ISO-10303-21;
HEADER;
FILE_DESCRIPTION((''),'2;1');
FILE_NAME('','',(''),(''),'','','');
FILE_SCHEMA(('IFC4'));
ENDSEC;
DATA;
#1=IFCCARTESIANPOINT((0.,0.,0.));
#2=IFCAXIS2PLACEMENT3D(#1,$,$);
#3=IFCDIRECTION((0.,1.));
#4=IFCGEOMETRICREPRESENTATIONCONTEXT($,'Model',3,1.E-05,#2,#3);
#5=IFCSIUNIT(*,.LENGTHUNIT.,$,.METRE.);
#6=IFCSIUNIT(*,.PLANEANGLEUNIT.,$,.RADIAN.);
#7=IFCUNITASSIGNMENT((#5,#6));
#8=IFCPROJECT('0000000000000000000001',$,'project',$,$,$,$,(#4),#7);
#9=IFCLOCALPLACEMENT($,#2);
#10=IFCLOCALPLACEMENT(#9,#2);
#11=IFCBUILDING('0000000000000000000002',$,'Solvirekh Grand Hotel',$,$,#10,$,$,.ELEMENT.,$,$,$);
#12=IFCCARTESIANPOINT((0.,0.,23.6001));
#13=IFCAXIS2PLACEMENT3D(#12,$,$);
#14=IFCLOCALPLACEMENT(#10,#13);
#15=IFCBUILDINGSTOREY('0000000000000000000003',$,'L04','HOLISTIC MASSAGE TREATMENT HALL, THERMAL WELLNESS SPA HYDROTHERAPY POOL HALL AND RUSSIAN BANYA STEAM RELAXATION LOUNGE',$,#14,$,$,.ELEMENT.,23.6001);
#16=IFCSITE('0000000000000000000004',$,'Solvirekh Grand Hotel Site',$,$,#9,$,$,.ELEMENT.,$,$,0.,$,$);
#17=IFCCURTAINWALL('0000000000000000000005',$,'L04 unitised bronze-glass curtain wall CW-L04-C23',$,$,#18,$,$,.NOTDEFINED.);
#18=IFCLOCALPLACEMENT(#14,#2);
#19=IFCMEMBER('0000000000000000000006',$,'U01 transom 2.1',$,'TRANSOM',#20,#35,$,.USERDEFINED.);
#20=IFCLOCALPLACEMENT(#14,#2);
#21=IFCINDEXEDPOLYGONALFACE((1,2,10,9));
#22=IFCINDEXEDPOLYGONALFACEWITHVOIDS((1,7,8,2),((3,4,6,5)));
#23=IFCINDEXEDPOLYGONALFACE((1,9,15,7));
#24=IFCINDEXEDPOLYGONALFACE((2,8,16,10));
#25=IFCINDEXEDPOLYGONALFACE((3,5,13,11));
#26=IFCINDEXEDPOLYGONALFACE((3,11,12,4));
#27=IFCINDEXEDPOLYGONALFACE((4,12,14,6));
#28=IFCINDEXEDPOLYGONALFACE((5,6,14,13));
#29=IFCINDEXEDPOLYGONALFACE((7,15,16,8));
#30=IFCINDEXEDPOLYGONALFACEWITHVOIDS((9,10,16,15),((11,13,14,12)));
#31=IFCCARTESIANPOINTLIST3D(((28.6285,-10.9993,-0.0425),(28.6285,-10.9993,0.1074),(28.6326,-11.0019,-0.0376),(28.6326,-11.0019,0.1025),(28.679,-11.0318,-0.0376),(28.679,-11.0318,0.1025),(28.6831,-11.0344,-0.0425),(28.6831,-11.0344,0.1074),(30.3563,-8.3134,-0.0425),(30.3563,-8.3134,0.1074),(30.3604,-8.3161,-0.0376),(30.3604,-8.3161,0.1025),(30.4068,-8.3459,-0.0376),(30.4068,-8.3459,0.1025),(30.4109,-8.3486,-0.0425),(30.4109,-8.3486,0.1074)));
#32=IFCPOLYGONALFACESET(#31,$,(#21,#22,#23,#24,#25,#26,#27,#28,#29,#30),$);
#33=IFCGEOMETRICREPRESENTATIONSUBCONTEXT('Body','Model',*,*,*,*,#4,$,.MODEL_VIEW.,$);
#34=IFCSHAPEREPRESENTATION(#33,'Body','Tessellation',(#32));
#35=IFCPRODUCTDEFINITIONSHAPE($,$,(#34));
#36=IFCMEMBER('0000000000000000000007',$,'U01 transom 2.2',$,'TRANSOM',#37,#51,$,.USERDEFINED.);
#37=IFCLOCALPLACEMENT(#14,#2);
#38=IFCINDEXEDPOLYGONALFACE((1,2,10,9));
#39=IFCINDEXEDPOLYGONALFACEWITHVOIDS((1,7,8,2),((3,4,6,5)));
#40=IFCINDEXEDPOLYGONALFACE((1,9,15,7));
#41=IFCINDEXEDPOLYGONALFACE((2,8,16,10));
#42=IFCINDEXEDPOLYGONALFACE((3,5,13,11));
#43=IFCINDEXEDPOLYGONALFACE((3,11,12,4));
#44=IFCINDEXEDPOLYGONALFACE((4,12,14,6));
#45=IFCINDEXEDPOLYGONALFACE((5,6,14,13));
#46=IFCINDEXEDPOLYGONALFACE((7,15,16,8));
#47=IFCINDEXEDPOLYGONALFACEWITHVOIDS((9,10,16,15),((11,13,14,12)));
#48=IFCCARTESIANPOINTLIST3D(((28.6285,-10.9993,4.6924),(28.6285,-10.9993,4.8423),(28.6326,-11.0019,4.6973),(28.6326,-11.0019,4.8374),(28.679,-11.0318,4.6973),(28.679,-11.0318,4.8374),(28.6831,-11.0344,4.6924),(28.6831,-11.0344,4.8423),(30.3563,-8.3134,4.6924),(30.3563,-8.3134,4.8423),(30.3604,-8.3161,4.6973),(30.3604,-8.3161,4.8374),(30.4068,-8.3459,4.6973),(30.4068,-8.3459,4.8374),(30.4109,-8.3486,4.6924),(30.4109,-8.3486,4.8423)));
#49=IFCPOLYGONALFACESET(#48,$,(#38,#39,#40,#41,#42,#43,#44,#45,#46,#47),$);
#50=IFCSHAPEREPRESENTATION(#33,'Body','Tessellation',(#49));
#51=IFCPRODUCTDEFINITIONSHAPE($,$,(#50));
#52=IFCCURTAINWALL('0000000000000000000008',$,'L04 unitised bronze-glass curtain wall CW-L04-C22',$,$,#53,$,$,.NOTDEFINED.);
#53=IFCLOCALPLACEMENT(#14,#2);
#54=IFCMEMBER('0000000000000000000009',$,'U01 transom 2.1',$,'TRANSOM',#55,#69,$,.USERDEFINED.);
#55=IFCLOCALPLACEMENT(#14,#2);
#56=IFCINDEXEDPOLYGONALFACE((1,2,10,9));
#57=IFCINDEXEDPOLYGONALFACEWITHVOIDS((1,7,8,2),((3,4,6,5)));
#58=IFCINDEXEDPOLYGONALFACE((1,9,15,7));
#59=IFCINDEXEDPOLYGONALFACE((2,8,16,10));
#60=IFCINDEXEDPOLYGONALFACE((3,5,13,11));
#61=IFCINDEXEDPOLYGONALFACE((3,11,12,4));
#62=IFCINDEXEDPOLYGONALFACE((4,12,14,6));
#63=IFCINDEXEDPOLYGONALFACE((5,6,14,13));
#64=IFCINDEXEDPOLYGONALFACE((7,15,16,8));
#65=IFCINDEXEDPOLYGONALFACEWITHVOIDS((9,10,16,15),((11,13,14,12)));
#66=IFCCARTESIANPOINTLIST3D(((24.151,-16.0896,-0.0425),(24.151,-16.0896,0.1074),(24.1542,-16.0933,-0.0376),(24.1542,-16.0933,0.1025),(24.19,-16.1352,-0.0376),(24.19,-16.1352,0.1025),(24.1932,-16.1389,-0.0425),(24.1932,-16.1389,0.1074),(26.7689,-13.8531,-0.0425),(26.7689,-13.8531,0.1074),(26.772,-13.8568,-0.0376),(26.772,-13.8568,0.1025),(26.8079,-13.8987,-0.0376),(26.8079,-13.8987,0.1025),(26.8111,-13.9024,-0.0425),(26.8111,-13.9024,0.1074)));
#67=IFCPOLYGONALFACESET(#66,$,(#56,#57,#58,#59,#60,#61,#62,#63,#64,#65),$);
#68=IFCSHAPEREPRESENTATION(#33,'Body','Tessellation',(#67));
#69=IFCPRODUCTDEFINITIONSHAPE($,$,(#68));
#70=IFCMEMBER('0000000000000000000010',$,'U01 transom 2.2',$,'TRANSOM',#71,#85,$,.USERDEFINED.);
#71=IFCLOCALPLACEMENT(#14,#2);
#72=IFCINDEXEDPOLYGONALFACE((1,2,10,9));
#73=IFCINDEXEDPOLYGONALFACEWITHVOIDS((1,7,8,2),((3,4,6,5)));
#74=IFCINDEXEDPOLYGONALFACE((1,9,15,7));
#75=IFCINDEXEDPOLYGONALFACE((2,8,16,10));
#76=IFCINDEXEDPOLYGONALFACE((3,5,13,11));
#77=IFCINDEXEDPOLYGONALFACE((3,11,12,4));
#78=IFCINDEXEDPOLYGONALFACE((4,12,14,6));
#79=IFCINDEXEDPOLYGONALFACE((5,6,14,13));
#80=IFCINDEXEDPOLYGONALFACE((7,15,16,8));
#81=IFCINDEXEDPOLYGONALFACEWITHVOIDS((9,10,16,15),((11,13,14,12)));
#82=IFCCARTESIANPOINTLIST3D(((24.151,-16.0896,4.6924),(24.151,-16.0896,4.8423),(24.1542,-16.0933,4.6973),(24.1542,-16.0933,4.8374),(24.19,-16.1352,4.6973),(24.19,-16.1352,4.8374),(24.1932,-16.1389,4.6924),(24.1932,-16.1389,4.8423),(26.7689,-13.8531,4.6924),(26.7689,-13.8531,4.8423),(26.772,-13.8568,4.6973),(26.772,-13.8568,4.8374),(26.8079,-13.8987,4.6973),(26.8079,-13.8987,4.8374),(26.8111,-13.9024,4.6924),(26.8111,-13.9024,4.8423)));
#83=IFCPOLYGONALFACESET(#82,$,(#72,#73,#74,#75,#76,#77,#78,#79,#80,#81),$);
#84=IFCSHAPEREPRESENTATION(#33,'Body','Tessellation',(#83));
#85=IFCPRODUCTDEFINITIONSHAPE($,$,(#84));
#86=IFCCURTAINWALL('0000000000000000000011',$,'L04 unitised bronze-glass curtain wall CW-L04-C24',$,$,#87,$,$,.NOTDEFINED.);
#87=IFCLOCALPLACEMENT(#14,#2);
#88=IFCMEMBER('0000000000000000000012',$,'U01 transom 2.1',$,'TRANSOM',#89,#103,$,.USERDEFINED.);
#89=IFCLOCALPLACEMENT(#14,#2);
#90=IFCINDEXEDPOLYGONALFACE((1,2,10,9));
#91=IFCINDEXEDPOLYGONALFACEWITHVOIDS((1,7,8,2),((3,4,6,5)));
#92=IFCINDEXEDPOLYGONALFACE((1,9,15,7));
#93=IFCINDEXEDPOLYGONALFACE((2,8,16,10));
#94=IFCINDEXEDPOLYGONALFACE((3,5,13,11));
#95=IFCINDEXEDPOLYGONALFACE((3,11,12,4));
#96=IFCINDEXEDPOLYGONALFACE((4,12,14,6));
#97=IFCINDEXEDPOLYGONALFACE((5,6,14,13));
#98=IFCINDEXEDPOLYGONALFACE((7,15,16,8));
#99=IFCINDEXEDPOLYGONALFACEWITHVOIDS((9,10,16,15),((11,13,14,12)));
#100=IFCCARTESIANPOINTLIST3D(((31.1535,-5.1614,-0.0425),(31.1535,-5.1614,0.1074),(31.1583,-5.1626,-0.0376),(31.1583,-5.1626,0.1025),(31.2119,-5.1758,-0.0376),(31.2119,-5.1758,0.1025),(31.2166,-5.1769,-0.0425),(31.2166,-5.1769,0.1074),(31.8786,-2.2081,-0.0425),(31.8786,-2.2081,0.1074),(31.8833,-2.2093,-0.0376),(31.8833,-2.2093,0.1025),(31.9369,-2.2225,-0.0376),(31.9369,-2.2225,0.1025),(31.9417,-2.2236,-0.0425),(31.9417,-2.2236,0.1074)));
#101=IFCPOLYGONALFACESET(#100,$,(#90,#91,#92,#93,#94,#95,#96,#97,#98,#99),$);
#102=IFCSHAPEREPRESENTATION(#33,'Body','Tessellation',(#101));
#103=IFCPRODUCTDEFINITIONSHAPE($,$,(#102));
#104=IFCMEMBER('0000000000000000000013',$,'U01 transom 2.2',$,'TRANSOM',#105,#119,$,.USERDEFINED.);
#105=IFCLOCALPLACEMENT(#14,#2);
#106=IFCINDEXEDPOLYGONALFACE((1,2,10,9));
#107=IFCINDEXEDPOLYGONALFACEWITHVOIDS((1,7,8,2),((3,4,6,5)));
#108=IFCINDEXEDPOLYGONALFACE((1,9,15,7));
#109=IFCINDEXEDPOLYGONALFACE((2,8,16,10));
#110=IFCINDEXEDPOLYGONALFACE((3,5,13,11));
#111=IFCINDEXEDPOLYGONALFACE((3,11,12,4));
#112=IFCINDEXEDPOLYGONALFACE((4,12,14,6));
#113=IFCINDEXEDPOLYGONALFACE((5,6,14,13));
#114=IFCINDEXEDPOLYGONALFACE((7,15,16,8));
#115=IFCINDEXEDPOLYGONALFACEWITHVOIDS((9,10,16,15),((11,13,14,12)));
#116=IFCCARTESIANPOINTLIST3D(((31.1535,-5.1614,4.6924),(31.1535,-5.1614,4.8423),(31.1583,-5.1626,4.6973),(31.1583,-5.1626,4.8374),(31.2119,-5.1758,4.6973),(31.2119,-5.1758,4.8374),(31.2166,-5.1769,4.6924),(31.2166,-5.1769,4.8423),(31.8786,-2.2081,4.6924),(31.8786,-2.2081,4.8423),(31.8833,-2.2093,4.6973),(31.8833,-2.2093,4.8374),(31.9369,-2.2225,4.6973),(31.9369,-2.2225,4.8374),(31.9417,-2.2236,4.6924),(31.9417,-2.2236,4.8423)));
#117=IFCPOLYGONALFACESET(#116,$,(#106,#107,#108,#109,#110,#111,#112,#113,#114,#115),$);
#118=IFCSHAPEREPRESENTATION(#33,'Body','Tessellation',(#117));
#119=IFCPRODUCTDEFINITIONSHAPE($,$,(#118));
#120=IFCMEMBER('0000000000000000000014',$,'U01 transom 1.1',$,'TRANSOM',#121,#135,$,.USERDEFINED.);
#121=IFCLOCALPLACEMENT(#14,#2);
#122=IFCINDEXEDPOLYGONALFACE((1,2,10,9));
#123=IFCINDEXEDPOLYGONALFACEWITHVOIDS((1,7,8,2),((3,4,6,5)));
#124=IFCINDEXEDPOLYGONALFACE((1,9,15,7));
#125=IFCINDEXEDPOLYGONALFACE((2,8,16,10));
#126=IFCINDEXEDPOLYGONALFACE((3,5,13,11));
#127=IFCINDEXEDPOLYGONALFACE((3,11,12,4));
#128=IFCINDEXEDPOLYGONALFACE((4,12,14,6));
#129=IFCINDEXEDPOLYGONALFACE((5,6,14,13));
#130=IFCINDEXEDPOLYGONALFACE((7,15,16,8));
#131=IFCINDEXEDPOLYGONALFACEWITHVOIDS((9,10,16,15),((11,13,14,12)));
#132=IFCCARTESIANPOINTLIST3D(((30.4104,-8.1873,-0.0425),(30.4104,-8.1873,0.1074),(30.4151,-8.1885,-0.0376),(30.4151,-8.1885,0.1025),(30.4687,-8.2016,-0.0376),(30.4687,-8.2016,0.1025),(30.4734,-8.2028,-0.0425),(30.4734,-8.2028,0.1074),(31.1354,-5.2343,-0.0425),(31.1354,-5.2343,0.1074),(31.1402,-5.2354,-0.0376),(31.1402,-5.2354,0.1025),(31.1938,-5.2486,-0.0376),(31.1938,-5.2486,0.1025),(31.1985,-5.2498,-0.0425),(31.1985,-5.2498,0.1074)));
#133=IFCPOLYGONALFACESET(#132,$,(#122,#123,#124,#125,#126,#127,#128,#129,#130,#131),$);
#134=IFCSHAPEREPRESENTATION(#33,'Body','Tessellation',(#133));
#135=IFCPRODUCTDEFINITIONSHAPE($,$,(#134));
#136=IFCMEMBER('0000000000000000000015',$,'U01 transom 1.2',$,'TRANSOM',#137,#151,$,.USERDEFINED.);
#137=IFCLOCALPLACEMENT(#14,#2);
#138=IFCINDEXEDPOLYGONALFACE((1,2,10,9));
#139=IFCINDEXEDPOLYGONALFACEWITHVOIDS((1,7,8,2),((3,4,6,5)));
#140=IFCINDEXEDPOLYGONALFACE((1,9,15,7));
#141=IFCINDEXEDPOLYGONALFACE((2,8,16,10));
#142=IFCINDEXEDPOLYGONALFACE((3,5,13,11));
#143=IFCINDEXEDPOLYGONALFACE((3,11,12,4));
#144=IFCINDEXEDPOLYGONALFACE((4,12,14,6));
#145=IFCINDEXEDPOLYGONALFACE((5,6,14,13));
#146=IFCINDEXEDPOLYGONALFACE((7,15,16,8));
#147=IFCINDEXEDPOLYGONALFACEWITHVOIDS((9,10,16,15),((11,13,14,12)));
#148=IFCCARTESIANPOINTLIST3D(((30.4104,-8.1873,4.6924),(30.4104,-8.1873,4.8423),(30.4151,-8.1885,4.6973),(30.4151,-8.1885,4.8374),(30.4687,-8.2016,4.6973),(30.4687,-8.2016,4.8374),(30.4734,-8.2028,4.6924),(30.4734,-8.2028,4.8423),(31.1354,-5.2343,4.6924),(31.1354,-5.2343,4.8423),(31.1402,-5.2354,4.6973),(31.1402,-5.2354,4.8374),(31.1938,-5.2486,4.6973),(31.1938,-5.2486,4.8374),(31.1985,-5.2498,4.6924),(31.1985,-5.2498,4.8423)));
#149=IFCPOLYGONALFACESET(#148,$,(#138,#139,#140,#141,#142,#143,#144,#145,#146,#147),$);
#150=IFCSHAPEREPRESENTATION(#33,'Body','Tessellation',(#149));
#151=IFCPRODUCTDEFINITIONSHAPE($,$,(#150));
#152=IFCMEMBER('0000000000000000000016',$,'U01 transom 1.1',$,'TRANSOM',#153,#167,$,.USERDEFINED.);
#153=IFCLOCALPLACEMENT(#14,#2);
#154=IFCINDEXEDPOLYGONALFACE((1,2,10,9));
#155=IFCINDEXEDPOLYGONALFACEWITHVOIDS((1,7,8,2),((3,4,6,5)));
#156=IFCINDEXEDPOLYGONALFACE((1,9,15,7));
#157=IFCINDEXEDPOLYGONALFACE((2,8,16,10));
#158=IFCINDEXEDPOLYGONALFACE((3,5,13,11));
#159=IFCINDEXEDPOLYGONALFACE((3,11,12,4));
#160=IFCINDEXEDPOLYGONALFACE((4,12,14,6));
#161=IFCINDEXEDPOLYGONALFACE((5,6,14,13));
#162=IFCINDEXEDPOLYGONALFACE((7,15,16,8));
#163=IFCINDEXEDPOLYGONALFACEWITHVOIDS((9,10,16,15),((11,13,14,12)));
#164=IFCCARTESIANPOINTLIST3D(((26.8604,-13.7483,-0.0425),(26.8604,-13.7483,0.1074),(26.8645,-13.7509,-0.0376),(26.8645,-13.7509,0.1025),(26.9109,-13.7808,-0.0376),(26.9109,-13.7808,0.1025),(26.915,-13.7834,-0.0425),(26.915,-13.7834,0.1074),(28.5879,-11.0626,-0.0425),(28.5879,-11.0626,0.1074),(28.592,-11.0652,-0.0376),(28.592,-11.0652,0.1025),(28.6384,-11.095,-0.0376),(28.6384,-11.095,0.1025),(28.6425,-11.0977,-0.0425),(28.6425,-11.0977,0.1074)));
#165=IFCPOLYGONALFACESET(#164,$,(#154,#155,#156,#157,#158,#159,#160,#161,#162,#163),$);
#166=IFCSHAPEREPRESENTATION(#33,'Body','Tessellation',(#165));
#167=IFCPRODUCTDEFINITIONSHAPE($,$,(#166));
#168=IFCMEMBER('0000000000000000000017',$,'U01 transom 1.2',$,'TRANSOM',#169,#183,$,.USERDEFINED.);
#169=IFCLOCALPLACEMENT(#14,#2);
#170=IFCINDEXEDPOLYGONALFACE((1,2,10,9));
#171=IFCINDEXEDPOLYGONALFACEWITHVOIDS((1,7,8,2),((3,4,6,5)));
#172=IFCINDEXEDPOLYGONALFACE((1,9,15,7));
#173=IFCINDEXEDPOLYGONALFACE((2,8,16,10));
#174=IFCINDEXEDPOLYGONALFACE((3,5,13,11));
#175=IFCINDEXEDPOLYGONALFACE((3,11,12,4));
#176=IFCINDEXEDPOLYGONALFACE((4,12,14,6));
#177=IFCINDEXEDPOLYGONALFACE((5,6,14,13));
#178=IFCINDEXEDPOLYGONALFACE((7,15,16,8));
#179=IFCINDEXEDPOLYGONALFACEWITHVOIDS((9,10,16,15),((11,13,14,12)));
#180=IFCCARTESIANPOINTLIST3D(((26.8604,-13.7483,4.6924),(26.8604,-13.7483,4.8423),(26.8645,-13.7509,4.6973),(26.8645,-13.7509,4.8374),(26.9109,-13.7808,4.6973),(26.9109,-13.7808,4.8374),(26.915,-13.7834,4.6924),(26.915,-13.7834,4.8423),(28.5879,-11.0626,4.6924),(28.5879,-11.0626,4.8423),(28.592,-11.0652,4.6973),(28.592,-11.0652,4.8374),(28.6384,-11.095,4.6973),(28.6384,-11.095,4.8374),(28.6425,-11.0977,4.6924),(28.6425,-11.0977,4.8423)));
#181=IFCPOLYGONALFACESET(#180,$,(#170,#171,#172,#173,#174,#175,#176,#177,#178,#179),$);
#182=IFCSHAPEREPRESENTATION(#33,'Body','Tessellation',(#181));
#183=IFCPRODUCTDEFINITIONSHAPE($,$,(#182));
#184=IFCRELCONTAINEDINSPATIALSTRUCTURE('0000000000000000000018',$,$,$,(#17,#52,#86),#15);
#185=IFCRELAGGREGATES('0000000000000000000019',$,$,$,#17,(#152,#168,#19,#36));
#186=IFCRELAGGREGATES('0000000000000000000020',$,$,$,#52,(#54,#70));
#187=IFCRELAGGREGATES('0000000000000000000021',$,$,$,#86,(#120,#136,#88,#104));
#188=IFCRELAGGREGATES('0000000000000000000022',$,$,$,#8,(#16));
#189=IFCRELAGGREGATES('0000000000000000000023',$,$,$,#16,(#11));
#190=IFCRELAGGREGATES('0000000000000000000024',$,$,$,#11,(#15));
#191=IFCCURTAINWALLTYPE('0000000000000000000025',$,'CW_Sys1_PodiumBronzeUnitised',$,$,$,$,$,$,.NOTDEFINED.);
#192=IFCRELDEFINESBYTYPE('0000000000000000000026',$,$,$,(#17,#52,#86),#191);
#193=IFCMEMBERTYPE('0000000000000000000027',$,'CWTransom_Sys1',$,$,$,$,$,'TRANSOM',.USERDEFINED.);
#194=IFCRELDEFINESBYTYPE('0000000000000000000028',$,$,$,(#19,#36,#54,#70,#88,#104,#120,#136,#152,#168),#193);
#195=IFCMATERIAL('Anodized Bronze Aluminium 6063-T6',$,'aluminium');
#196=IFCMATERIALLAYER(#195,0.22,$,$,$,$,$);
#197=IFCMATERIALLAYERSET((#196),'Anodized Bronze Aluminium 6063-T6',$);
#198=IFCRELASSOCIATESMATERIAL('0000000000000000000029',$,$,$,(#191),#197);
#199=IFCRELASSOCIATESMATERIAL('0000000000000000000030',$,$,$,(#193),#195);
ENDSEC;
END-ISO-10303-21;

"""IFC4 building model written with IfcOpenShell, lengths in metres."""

from ifc_helpers import new_model, si_unit, direction, frame, origin, origin_2d, place, context, subcontext, project, spatial, hollow_rectangle, extrude, source, transform, mapped, material, layer, layer_set, material_profile, profile_set, type_object, element, aggregate, save


model = new_model("IFC4")

# Units and contexts
model_context = context("Model", 3, precision=1e-05, world=origin(), true_north=direction((0.0, 1.0)))
body_context = subcontext(model_context, "Body", "Model", "MODEL_VIEW")
ifc_project = project(units=[si_unit("LENGTHUNIT", "METRE"), si_unit("PLANEANGLEUNIT", "RADIAN")], contexts=[model_context])

# Site, building, storey
site_placement = place(None, origin())
site = spatial("IfcSite", under=ifc_project, at=site_placement, Name="Solvirekh Grand Hotel Site", CompositionType="ELEMENT", RefElevation=0.0)
building_placement = place(site_placement, origin())
building = spatial("IfcBuilding", under=site, at=building_placement, Name="Solvirekh Grand Hotel", CompositionType="ELEMENT")
storey_placement = place(building_placement, frame((0.0, 0.0, 23.6001)))
storey = spatial("IfcBuildingStorey", under=building, at=storey_placement, Name="L04", Description="HOLISTIC MASSAGE TREATMENT HALL, THERMAL WELLNESS SPA HYDROTHERAPY POOL HALL AND RUSSIAN BANYA STEAM RELAXATION LOUNGE", CompositionType="ELEMENT", Elevation=23.6001)

# Curtain walls, members
ifc_material_1 = material(Name="Anodized Bronze Aluminium 6063-T6", Category="aluminium")
ifc_layer_1 = layer(ifc_material_1, 0.22)
ifc_layer_set_1 = layer_set([ifc_layer_1], Name="Anodized Bronze Aluminium 6063-T6")
curtain_wall_type = type_object("IfcCurtainWallType", Name="CW_Sys1_PodiumBronzeUnitised", PredefinedType="NOTDEFINED", material=ifc_layer_set_1)
curtain_wall_1_placement = place(storey_placement, origin())
curtain_wall_1 = element("IfcCurtainWall", 1, at=curtain_wall_1_placement, inside=storey, type_object=curtain_wall_type, Name="L04 unitised bronze-glass curtain wall CW-L04-C23", PredefinedType="NOTDEFINED")
ifc_material_profile_1 = material_profile(ifc_material_1, hollow_rectangle(XDim=0.0649, YDim=0.1499, WallThickness=0.0049, at=origin_2d()), Name="ALU RHS 150X65X5")
ifc_profile_set_1 = profile_set([ifc_material_profile_1], Name="Anodized Bronze Aluminium 6063-T6")
member_type_1 = type_object("IfcMemberType", Name="CWTransom_Sys1", ElementType="TRANSOM", PredefinedType="USERDEFINED", material=ifc_profile_set_1)
shared_shape_1 = source(origin(), body_context, "Body", "SweptSolid", [
    extrude(hollow_rectangle(XDim=0.0649, YDim=0.1499, WallThickness=0.0049, at=origin_2d()), origin(), (0.0, 0.0, 1.0), 3.1936),
])
member_1_placement = place(storey_placement, frame((28.6558, -11.0168, 0.0325), z_axis=(0.541024, 0.841007, 0.0), x_axis=(-0.841007, 0.541024, 0.0)))
member_1 = element("IfcMember", 2, at=member_1_placement, type_object=member_type_1, Name="U01 transom 2.1", ObjectType="TRANSOM", PredefinedType="USERDEFINED", context=body_context, shape_type="MappedRepresentation", body=[
    mapped(shared_shape_1, transform((0.0, 0.0, 0.0), x_axis=(1.0, 0.0, 0.0), y_axis=(0.0, 1.0, 0.0), z_axis=(0.0, 0.0, 1.0), scale=1.0)),
])
member_2_placement = place(storey_placement, frame((28.6558, -11.0168, 4.7673), z_axis=(0.541024, 0.841007, 0.0), x_axis=(-0.841007, 0.541024, 0.0)))
member_2 = element("IfcMember", 3, at=member_2_placement, type_object=member_type_1, Name="U01 transom 2.2", ObjectType="TRANSOM", PredefinedType="USERDEFINED", context=body_context, shape_type="MappedRepresentation", body=[
    mapped(shared_shape_1, transform((0.0, 0.0, 0.0), x_axis=(1.0, 0.0, 0.0), y_axis=(0.0, 1.0, 0.0), z_axis=(0.0, 0.0, 1.0), scale=1.0)),
])
curtain_wall_2_placement = place(storey_placement, origin())
curtain_wall_2 = element("IfcCurtainWall", 4, at=curtain_wall_2_placement, inside=storey, type_object=curtain_wall_type, Name="L04 unitised bronze-glass curtain wall CW-L04-C22", PredefinedType="NOTDEFINED")
shared_shape_2 = source(origin(), body_context, "Body", "SweptSolid", [
    extrude(hollow_rectangle(XDim=0.0649, YDim=0.1499, WallThickness=0.0049, at=origin_2d()), origin(), (0.0, 0.0, 1.0), 3.4431),
])
member_3_placement = place(storey_placement, frame((24.1721, -16.1143, 0.0325), z_axis=(0.760312, 0.649558, 0.0), x_axis=(-0.649558, 0.760312, 0.0)))
member_3 = element("IfcMember", 5, at=member_3_placement, type_object=member_type_1, Name="U01 transom 2.1", ObjectType="TRANSOM", PredefinedType="USERDEFINED", context=body_context, shape_type="MappedRepresentation", body=[
    mapped(shared_shape_2, transform((0.0, 0.0, 0.0), x_axis=(1.0, 0.0, 0.0), y_axis=(0.0, 1.0, 0.0), z_axis=(0.0, 0.0, 1.0), scale=1.0)),
])
member_4_placement = place(storey_placement, frame((24.1721, -16.1143, 4.7673), z_axis=(0.760312, 0.649558, 0.0), x_axis=(-0.649558, 0.760312, 0.0)))
member_4 = element("IfcMember", 6, at=member_4_placement, type_object=member_type_1, Name="U01 transom 2.2", ObjectType="TRANSOM", PredefinedType="USERDEFINED", context=body_context, shape_type="MappedRepresentation", body=[
    mapped(shared_shape_2, transform((0.0, 0.0, 0.0), x_axis=(1.0, 0.0, 0.0), y_axis=(0.0, 1.0, 0.0), z_axis=(0.0, 0.0, 1.0), scale=1.0)),
])
curtain_wall_3_placement = place(storey_placement, origin())
curtain_wall_3 = element("IfcCurtainWall", 7, at=curtain_wall_3_placement, inside=storey, type_object=curtain_wall_type, Name="L04 unitised bronze-glass curtain wall CW-L04-C24", PredefinedType="NOTDEFINED")
shared_shape_3 = source(origin(), body_context, "Body", "SweptSolid", [
    extrude(hollow_rectangle(XDim=0.0649, YDim=0.1499, WallThickness=0.0049, at=origin_2d()), origin(), (0.0, 0.0, 1.0), 3.041),
])
member_5_placement = place(storey_placement, frame((31.1851, -5.1692, 0.0325), z_axis=(0.238434, 0.971159, 0.0), x_axis=(-0.971159, 0.238434, 0.0)))
member_5 = element("IfcMember", 8, at=member_5_placement, type_object=member_type_1, Name="U01 transom 2.1", ObjectType="TRANSOM", PredefinedType="USERDEFINED", context=body_context, shape_type="MappedRepresentation", body=[
    mapped(shared_shape_3, transform((0.0, 0.0, 0.0), x_axis=(1.0, 0.0, 0.0), y_axis=(0.0, 1.0, 0.0), z_axis=(0.0, 0.0, 1.0), scale=1.0)),
])
member_6_placement = place(storey_placement, frame((31.1851, -5.1692, 4.7673), z_axis=(0.238434, 0.971159, 0.0), x_axis=(-0.971159, 0.238434, 0.0)))
member_6 = element("IfcMember", 9, at=member_6_placement, type_object=member_type_1, Name="U01 transom 2.2", ObjectType="TRANSOM", PredefinedType="USERDEFINED", context=body_context, shape_type="MappedRepresentation", body=[
    mapped(shared_shape_3, transform((0.0, 0.0, 0.0), x_axis=(1.0, 0.0, 0.0), y_axis=(0.0, 1.0, 0.0), z_axis=(0.0, 0.0, 1.0), scale=1.0)),
])
shared_shape_4 = source(origin(), body_context, "Body", "SweptSolid", [
    extrude(hollow_rectangle(XDim=0.0649, YDim=0.1499, WallThickness=0.0049, at=origin_2d()), origin(), (0.0, 0.0, 1.0), 3.0408),
])
member_7_placement = place(storey_placement, frame((30.4419, -8.1951, 0.0325), z_axis=(0.238453, 0.971154, 0.0), x_axis=(-0.971154, 0.238453, 0.0)))
member_7 = element("IfcMember", 10, at=member_7_placement, type_object=member_type_1, Name="U01 transom 1.1", ObjectType="TRANSOM", PredefinedType="USERDEFINED", context=body_context, shape_type="MappedRepresentation", body=[
    mapped(shared_shape_4, transform((0.0, 0.0, 0.0), x_axis=(1.0, 0.0, 0.0), y_axis=(0.0, 1.0, 0.0), z_axis=(0.0, 0.0, 1.0), scale=1.0)),
])
member_8_placement = place(storey_placement, frame((30.4419, -8.1951, 4.7673), z_axis=(0.238453, 0.971154, 0.0), x_axis=(-0.971154, 0.238453, 0.0)))
member_8 = element("IfcMember", 11, at=member_8_placement, type_object=member_type_1, Name="U01 transom 1.2", ObjectType="TRANSOM", PredefinedType="USERDEFINED", context=body_context, shape_type="MappedRepresentation", body=[
    mapped(shared_shape_4, transform((0.0, 0.0, 0.0), x_axis=(1.0, 0.0, 0.0), y_axis=(0.0, 1.0, 0.0), z_axis=(0.0, 0.0, 1.0), scale=1.0)),
])

# Members
shared_shape_5 = source(origin(), body_context, "Body", "SweptSolid", [
    extrude(hollow_rectangle(XDim=0.0649, YDim=0.1499, WallThickness=0.0049, at=origin_2d()), origin(), (0.0, 0.0, 1.0), 3.1934),
])
member_9_placement = place(storey_placement, frame((26.8877, -13.7659, 0.0325), z_axis=(0.54097, 0.841042, 0.0), x_axis=(-0.841042, 0.54097, 0.0)))
member_9 = element("IfcMember", 12, at=member_9_placement, type_object=member_type_1, Name="U01 transom 1.1", ObjectType="TRANSOM", PredefinedType="USERDEFINED", context=body_context, shape_type="MappedRepresentation", body=[
    mapped(shared_shape_5, transform((0.0, 0.0, 0.0), x_axis=(1.0, 0.0, 0.0), y_axis=(0.0, 1.0, 0.0), z_axis=(0.0, 0.0, 1.0), scale=1.0)),
])
member_10_placement = place(storey_placement, frame((26.8877, -13.7659, 4.7673), z_axis=(0.54097, 0.841042, 0.0), x_axis=(-0.841042, 0.54097, 0.0)))
member_10 = element("IfcMember", 13, at=member_10_placement, type_object=member_type_1, Name="U01 transom 1.2", ObjectType="TRANSOM", PredefinedType="USERDEFINED", context=body_context, shape_type="MappedRepresentation", body=[
    mapped(shared_shape_5, transform((0.0, 0.0, 0.0), x_axis=(1.0, 0.0, 0.0), y_axis=(0.0, 1.0, 0.0), z_axis=(0.0, 0.0, 1.0), scale=1.0)),
])

aggregate(curtain_wall_1, [member_9, member_10, member_1, member_2])
aggregate(curtain_wall_2, [member_3, member_4])
aggregate(curtain_wall_3, [member_7, member_8, member_5, member_6])

save(model, "model.ifc")
